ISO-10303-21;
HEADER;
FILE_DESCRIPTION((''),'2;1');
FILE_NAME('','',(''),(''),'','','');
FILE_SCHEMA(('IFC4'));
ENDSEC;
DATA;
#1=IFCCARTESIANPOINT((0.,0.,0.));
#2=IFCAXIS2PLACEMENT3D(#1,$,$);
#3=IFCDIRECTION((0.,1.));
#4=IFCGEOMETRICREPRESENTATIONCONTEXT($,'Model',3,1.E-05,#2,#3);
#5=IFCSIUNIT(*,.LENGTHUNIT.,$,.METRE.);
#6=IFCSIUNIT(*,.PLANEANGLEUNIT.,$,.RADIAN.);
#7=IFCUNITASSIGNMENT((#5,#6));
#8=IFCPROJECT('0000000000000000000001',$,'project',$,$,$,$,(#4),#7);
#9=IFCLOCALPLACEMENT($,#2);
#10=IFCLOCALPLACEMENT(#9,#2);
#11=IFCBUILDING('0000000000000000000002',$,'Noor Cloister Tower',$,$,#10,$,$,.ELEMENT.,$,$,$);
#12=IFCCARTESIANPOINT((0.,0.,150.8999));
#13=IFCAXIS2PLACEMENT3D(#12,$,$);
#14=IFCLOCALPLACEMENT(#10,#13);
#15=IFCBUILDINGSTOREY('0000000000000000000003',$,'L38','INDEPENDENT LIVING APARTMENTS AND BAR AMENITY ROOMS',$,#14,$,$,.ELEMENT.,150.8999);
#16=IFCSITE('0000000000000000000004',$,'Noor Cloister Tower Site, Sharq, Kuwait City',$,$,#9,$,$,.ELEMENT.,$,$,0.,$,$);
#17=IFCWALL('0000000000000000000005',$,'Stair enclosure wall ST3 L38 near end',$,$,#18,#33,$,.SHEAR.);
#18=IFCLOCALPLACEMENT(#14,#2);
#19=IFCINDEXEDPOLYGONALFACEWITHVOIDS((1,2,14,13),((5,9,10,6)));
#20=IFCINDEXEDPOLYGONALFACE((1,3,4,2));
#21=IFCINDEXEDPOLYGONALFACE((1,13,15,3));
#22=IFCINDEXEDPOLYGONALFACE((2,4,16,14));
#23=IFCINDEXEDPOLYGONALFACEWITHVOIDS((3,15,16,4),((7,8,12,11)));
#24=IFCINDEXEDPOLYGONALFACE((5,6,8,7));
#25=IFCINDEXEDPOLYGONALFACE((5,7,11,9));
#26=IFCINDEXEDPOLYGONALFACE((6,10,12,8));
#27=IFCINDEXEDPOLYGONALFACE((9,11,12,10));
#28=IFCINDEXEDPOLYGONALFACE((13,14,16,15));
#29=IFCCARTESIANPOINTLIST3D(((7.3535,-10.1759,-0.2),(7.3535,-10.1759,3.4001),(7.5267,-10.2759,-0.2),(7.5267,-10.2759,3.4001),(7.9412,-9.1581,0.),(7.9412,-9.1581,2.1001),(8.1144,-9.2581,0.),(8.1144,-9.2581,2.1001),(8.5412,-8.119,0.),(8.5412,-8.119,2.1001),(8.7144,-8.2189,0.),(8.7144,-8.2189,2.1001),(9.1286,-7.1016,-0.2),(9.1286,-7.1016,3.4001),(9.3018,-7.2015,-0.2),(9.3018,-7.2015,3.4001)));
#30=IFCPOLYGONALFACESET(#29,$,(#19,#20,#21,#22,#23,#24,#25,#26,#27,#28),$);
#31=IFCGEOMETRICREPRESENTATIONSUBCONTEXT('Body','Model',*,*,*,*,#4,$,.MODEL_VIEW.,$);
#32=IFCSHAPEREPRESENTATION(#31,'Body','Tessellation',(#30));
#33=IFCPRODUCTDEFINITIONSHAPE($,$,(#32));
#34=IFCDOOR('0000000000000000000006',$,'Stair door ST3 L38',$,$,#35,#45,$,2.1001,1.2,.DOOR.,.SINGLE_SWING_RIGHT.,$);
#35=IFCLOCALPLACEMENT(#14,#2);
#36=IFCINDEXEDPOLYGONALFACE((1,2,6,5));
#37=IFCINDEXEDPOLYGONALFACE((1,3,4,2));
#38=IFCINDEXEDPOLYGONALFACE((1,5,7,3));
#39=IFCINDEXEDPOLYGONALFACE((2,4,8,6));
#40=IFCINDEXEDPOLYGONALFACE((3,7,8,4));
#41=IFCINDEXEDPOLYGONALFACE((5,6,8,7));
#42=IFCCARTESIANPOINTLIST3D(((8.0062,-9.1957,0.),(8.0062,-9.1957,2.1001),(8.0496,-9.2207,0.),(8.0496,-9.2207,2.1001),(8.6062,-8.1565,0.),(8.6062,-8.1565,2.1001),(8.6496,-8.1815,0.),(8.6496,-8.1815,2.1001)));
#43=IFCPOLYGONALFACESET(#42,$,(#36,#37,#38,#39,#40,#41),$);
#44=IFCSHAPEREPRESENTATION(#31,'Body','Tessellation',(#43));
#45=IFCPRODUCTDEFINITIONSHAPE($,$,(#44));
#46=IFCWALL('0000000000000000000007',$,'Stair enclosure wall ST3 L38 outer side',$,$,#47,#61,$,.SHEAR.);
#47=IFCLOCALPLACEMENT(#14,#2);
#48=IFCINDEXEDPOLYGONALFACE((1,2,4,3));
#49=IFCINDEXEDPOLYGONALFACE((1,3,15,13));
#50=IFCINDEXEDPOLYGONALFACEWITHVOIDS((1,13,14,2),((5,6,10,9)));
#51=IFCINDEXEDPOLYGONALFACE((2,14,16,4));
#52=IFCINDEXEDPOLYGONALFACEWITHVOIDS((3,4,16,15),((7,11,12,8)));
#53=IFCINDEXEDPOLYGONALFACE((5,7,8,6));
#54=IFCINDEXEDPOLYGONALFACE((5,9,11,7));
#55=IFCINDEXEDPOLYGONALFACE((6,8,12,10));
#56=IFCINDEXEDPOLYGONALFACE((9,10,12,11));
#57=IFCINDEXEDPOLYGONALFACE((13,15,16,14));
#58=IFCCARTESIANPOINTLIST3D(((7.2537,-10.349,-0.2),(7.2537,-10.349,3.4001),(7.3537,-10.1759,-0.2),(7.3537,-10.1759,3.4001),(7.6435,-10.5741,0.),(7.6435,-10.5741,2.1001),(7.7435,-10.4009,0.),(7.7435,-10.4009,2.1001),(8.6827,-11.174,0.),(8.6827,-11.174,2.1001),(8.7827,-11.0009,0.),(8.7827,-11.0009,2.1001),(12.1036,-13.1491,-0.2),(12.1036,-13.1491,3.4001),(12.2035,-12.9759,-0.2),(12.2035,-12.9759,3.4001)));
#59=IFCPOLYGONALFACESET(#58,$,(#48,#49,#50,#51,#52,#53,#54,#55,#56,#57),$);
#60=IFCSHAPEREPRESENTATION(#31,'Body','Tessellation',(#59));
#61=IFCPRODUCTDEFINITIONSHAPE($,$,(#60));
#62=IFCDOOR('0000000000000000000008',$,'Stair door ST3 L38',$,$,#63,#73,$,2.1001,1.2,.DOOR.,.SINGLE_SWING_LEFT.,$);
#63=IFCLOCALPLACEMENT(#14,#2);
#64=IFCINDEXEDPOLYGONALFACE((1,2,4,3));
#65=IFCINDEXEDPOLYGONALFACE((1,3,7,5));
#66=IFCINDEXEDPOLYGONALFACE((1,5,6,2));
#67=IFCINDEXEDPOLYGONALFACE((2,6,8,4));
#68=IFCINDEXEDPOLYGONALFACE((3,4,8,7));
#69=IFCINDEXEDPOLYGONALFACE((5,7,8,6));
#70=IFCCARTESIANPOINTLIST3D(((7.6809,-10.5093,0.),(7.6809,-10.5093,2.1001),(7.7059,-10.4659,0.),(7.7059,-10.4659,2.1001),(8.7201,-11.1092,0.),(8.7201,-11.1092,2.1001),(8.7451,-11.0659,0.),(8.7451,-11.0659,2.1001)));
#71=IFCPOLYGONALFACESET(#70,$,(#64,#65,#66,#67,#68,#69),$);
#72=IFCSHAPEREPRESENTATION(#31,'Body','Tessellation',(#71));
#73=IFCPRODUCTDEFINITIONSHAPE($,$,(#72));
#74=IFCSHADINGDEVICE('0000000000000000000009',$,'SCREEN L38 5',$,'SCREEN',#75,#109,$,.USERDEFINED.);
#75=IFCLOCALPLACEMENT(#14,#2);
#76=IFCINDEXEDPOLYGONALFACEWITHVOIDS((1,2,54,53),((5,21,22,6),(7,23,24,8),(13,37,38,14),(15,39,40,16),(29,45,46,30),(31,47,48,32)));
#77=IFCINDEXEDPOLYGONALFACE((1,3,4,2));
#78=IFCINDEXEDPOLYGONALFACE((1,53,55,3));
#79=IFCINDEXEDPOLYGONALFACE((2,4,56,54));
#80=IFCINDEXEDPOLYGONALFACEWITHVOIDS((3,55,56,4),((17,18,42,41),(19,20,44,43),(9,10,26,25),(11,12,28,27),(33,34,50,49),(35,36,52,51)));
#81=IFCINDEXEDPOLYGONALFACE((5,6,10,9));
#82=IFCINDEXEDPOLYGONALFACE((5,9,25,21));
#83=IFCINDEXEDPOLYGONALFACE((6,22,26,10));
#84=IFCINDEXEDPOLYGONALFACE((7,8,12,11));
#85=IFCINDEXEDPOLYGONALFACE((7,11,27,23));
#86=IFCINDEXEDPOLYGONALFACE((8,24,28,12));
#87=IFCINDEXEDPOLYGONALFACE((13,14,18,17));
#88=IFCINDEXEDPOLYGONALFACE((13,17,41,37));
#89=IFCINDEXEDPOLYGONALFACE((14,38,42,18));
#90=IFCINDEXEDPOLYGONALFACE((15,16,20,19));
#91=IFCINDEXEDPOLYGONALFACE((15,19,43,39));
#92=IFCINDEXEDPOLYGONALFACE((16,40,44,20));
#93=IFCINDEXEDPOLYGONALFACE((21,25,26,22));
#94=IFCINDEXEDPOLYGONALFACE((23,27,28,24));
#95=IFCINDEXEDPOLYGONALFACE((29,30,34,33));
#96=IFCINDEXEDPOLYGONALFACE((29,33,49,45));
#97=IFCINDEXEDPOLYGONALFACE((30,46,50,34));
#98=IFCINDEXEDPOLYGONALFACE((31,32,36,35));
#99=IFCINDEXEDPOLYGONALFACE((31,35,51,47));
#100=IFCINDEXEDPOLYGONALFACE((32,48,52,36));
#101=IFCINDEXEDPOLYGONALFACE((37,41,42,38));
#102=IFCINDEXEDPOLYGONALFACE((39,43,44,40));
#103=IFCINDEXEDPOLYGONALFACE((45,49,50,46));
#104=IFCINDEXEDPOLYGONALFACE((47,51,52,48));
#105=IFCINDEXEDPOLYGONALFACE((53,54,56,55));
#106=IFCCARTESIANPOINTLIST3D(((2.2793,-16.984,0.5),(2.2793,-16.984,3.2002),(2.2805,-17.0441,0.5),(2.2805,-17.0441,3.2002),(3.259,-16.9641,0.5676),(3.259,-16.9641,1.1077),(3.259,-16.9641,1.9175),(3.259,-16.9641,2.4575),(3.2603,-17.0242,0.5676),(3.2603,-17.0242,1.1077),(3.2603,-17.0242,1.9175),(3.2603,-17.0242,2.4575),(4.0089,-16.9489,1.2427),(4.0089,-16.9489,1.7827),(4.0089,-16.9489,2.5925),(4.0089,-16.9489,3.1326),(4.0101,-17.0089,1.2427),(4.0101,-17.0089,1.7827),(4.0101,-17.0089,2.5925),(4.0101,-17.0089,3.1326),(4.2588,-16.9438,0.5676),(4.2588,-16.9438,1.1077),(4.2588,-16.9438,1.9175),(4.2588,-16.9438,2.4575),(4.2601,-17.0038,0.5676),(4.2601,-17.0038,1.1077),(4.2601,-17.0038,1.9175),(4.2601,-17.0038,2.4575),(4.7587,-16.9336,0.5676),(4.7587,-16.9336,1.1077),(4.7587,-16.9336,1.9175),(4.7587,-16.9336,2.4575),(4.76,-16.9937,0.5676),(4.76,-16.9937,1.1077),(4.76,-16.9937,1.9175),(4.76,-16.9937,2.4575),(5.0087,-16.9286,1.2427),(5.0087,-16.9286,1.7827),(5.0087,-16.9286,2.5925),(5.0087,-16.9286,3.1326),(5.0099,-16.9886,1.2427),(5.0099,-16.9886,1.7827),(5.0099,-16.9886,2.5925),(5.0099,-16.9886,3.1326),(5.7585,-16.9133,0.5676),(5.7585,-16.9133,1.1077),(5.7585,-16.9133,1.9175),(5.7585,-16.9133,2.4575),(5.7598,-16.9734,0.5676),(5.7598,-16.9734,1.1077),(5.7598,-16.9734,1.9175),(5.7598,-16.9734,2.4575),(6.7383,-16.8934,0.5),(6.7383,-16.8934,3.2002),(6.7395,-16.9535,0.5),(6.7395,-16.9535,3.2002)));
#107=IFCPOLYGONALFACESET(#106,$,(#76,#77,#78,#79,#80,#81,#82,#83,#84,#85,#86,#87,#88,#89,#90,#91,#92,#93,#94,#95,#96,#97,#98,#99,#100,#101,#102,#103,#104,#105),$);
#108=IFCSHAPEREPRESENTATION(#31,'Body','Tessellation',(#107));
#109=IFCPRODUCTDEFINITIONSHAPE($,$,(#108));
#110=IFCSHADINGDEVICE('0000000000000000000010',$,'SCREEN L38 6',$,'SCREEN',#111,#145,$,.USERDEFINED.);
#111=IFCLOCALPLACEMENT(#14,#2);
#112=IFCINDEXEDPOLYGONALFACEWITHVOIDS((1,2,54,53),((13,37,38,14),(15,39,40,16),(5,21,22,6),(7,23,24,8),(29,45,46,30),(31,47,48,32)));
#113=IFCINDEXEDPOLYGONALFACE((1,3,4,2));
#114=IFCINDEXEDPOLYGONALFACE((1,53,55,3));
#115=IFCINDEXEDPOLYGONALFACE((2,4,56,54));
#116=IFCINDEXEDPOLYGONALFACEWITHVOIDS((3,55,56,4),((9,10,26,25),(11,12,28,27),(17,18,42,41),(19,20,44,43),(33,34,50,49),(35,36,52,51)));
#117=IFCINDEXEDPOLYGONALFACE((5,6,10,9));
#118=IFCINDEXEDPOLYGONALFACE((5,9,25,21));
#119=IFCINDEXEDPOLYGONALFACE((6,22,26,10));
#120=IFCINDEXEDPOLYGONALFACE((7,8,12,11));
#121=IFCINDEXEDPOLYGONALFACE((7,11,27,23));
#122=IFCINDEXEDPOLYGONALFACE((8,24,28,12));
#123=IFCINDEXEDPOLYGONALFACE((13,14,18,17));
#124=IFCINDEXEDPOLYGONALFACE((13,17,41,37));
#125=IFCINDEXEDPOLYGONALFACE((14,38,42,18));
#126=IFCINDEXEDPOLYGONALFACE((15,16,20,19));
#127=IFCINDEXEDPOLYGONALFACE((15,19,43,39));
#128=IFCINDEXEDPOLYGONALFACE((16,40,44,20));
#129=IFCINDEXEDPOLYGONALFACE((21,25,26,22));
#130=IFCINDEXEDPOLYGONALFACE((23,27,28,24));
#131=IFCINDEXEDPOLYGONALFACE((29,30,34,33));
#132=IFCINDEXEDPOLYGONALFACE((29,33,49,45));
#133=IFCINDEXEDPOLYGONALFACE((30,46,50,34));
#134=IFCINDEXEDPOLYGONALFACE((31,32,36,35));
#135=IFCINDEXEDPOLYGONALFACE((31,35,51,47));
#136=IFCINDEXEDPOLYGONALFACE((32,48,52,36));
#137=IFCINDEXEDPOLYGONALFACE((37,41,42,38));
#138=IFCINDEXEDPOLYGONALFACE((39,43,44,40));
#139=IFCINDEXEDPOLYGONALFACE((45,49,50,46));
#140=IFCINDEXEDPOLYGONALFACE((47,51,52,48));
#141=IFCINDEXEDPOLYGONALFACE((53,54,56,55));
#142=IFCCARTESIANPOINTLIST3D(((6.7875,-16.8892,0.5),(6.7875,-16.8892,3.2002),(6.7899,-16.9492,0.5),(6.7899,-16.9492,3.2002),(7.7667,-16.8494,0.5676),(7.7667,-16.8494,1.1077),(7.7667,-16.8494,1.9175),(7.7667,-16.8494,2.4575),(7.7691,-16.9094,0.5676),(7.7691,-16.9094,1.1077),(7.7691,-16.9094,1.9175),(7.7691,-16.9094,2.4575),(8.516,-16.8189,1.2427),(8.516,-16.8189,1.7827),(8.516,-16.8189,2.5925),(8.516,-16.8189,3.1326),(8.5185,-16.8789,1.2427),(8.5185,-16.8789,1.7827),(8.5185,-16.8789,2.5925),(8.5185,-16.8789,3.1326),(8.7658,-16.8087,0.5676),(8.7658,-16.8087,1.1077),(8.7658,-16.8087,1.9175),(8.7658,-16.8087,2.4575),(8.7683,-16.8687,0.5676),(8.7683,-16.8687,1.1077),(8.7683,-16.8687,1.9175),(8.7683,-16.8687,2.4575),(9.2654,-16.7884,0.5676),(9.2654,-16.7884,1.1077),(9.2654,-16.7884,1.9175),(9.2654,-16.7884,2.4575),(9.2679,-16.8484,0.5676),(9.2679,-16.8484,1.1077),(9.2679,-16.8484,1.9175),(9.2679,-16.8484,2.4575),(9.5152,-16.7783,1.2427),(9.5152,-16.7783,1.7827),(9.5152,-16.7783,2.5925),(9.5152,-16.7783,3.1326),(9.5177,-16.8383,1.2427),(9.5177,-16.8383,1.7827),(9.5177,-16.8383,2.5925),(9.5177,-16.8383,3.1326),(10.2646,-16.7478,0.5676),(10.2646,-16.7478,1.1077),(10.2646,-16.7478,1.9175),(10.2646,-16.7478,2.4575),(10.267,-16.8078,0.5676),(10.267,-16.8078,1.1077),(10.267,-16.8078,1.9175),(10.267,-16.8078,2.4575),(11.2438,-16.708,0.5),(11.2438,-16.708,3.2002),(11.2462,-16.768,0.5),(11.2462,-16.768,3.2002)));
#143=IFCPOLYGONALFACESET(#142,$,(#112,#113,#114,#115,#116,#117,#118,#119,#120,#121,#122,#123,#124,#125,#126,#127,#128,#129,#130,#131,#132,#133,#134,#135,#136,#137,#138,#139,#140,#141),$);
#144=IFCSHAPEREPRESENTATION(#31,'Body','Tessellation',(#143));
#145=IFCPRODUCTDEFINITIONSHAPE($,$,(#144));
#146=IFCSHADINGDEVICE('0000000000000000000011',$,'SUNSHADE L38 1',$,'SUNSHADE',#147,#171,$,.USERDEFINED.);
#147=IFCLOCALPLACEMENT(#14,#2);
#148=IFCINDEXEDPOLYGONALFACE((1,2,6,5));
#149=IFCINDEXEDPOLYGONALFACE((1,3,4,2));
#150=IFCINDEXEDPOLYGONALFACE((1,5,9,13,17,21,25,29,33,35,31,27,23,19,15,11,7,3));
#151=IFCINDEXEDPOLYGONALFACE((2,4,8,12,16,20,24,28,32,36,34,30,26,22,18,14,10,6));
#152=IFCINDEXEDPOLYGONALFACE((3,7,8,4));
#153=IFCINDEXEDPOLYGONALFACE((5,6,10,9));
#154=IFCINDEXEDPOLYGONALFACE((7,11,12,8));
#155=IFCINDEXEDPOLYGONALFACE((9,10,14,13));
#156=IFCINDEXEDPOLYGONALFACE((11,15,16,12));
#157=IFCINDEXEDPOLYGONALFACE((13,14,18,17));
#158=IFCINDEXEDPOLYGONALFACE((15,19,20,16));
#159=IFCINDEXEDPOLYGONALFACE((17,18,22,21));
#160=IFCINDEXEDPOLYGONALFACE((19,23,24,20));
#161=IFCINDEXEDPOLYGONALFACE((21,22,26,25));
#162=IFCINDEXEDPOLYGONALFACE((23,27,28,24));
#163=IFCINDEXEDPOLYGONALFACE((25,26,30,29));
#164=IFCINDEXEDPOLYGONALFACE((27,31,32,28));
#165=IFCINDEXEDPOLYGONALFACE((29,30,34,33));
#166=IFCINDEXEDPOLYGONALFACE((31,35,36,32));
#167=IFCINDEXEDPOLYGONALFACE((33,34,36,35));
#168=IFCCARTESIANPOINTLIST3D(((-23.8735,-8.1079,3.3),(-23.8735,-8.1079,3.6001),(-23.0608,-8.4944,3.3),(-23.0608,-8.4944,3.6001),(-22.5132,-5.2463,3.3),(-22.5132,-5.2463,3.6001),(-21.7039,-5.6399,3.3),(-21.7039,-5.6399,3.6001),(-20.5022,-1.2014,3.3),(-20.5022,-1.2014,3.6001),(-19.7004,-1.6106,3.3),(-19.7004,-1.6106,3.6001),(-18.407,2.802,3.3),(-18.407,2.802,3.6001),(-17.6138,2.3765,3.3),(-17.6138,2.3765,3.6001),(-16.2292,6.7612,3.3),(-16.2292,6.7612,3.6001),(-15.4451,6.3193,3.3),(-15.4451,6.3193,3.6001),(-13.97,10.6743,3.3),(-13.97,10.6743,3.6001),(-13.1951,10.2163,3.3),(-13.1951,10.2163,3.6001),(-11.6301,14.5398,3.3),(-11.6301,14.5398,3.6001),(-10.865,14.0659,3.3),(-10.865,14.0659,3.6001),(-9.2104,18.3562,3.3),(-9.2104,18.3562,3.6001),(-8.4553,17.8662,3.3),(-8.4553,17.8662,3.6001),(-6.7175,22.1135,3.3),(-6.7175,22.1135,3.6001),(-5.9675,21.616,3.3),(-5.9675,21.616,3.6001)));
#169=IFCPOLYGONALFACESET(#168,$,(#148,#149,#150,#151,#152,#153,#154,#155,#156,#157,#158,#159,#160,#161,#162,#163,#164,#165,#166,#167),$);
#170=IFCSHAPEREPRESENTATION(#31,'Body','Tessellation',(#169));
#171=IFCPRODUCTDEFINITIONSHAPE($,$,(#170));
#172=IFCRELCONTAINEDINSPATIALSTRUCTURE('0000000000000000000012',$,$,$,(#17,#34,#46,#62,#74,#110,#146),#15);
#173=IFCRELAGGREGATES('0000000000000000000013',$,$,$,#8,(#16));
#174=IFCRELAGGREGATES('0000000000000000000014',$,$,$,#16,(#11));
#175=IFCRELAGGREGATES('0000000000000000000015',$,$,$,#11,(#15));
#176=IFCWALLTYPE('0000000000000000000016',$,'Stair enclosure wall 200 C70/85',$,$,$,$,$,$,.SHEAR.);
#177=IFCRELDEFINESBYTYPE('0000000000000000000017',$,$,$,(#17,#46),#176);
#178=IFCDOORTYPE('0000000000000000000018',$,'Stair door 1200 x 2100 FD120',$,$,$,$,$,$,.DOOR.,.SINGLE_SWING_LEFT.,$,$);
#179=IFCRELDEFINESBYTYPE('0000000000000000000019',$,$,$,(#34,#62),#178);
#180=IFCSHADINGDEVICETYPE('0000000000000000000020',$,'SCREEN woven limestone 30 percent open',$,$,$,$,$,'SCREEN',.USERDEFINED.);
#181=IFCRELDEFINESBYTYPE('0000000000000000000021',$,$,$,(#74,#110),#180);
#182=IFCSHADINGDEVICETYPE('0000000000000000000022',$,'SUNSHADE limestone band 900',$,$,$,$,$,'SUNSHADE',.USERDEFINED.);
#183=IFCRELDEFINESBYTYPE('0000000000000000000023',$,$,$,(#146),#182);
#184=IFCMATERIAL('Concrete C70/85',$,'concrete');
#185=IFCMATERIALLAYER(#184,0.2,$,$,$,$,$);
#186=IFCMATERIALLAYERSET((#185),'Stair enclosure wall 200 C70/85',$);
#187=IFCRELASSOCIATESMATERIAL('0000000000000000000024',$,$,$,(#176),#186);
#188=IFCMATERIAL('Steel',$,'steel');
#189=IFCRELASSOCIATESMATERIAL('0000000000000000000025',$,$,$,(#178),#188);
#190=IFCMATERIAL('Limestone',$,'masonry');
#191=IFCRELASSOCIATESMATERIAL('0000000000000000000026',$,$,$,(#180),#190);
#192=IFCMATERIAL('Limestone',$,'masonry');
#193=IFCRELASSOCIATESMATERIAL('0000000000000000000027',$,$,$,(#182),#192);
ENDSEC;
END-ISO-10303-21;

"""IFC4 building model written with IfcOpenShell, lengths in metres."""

from ifc_helpers import new_model, si_unit, direction, frame, frame_2d, origin, place, context, subcontext, project, spatial, polyline, rectangle, outline, extrude, material, layer, layer_set, material_profile, profile_set, type_object, element, fill, save


model = new_model("IFC4")

# Units and contexts
model_context = context("Model", 3, precision=1e-05, world=origin(), true_north=direction((0.0, 1.0)))
body_context = subcontext(model_context, "Body", "Model", "MODEL_VIEW")
ifc_project = project(units=[si_unit("LENGTHUNIT", "METRE"), si_unit("PLANEANGLEUNIT", "RADIAN")], contexts=[model_context])

# Site, building, storey
site_placement = place(None, origin())
site = spatial("IfcSite", under=ifc_project, at=site_placement, Name="Noor Cloister Tower Site, Sharq, Kuwait City", CompositionType="ELEMENT", RefElevation=0.0)
building_placement = place(site_placement, origin())
building = spatial("IfcBuilding", under=site, at=building_placement, Name="Noor Cloister Tower", CompositionType="ELEMENT")
storey_placement = place(building_placement, frame((0.0, 0.0, 150.8999)))
storey = spatial("IfcBuildingStorey", under=building, at=storey_placement, Name="L38", Description="INDEPENDENT LIVING APARTMENTS AND BAR AMENITY ROOMS", CompositionType="ELEMENT", Elevation=150.8999)

# Walls, openings, doors
ifc_material_1 = material(Name="Concrete C70/85", Category="concrete")
ifc_layer_1 = layer(ifc_material_1, 0.2)
ifc_layer_set_1 = layer_set([ifc_layer_1], Name="Stair enclosure wall 200 C70/85")
wall_type_1 = type_object("IfcWallType", Name="Stair enclosure wall 200 C70/85", PredefinedType="SHEAR", material=ifc_layer_set_1)
wall_1_placement = place(storey_placement, frame((7.4402, -10.2258, -0.2), z_axis=(0.0, 0.0, 1.0), x_axis=(0.500022, 0.866013, 0.0)))
wall_1 = element("IfcWall", 1, at=wall_1_placement, inside=storey, type_object=wall_type_1, Name="Stair enclosure wall ST3 L38 near end", PredefinedType="SHEAR", context=body_context, shape_type="SweptSolid", body=[
    extrude(rectangle(XDim=3.55, YDim=0.2, at=frame_2d((1.7749, 0.0))), origin(), (0.0, 0.0, 1.0), 3.6001),
])
opening_1_placement = place(wall_1_placement, frame((1.175, 0.0, 0.2)))
opening_1 = element("IfcOpeningElement", 2, at=opening_1_placement, cuts=wall_1, PredefinedType="OPENING", context=body_context, shape_type="SweptSolid", body=[
    extrude(rectangle(XDim=1.2, YDim=2.1001, at=frame_2d((0.6001, 1.05))), frame((0.0, 0.1099, 0.0), z_axis=(0.0, -1.0, 0.0), x_axis=(1.0, 0.0, 0.0)), (0.0, 0.0, 1.0), 0.22),
])
ifc_material_2 = material(Name="Steel", Category="steel")
door_type_1 = type_object("IfcDoorType", Name="Stair door 1200 x 2100 FD120", OperationType="SINGLE_SWING_LEFT", PredefinedType="DOOR", material=ifc_material_2)
door_1_placement = place(opening_1_placement, origin())
door_1 = element("IfcDoor", 3, at=door_1_placement, inside=storey, type_object=door_type_1, Name="Stair door ST3 L38", OperationType="SINGLE_SWING_RIGHT", OverallHeight=2.1001, OverallWidth=1.2, PredefinedType="DOOR", context=body_context, shape_type="SweptSolid", body=[
    extrude(rectangle(XDim=1.2, YDim=2.1001, at=frame_2d((0.6001, 1.05))), frame((0.0, 0.0249, 0.0), z_axis=(0.0, -1.0, 0.0), x_axis=(1.0, 0.0, 0.0)), (0.0, 0.0, 1.0), 0.05),
])
fill(opening_1, door_1)
wall_2_placement = place(storey_placement, frame((7.3037, -10.2625, -0.2), z_axis=(0.0, 0.0, 1.0), x_axis=(0.866027, -0.499998, 0.0)))
wall_2 = element("IfcWall", 4, at=wall_2_placement, inside=storey, type_object=wall_type_1, Name="Stair enclosure wall ST3 L38 outer side", PredefinedType="SHEAR", context=body_context, shape_type="SweptSolid", body=[
    extrude(rectangle(XDim=5.6001, YDim=0.2, at=frame_2d((2.8, 0.0))), origin(), (0.0, 0.0, 1.0), 3.6001),
])
opening_2_placement = place(wall_2_placement, frame((0.45, 0.0, 0.2)))
opening_2 = element("IfcOpeningElement", 5, at=opening_2_placement, cuts=wall_2, PredefinedType="OPENING", context=body_context, shape_type="SweptSolid", body=[
    extrude(rectangle(XDim=1.2, YDim=2.1001, at=frame_2d((0.6001, 1.05))), frame((0.0, 0.1099, 0.0), z_axis=(0.0, -1.0, 0.0), x_axis=(1.0, 0.0, 0.0)), (0.0, 0.0, 1.0), 0.22),
])
door_2_placement = place(opening_2_placement, origin())
door_2 = element("IfcDoor", 6, at=door_2_placement, inside=storey, type_object=door_type_1, Name="Stair door ST3 L38", OperationType="SINGLE_SWING_LEFT", OverallHeight=2.1001, OverallWidth=1.2, PredefinedType="DOOR", context=body_context, shape_type="SweptSolid", body=[
    extrude(rectangle(XDim=1.2, YDim=2.1001, at=frame_2d((0.6001, 1.05))), frame((0.0, 0.0249, 0.0), z_axis=(0.0, -1.0, 0.0), x_axis=(1.0, 0.0, 0.0)), (0.0, 0.0, 1.0), 0.05),
])
fill(opening_2, door_2)

# Shading devices
ifc_material_3 = material(Name="Limestone", Category="masonry")
ifc_material_profile_1 = material_profile(ifc_material_3, outline(polyline([(-2.23, -1.3501), (2.23, -1.3501), (2.23, 1.3501), (-2.23, 1.3501), (-2.23, -1.3501)]), holes=[polyline([(-1.25, -1.2825), (-0.25, -1.2825), (-0.25, -0.7424), (-1.25, -0.7424), (-1.25, -1.2825)]), polyline([(0.25, -1.2825), (1.25, -1.2825), (1.25, -0.7424), (0.25, -0.7424), (0.25, -1.2825)]), polyline([(-0.5, -0.6074), (0.5, -0.6074), (0.5, -0.0674), (-0.5, -0.0674), (-0.5, -0.6074)]), polyline([(-1.25, 0.0674), (-0.25, 0.0674), (-0.25, 0.6074), (-1.25, 0.6074), (-1.25, 0.0674)]), polyline([(0.25, 0.0674), (1.25, 0.0674), (1.25, 0.6074), (0.25, 0.6074), (0.25, 0.0674)]), polyline([(-0.5, 0.7424), (0.5, 0.7424), (0.5, 1.2825), (-0.5, 1.2825), (-0.5, 0.7424)])]), Name="Woven screen 30 percent open")
ifc_profile_set_1 = profile_set([ifc_material_profile_1], Name="Limestone")
shading_device_type_1 = type_object("IfcShadingDeviceType", Name="SCREEN woven limestone 30 percent open", ElementType="SCREEN", PredefinedType="USERDEFINED", material=ifc_profile_set_1)
for number, where, z_axis, x_axis, name in (
    (7, (4.5088, -16.9387, 1.8501), (0.020321, -0.999794, 0.0), (0.999794, 0.020321, 0.0), "SCREEN L38 5"),
    (8, (9.0156, -16.7986, 1.8501), (0.040617, -0.999175, 0.0), (0.999175, 0.040617, 0.0), "SCREEN L38 6"),
):
    element("IfcShadingDevice", number, at=place(storey_placement, frame(where, z_axis=z_axis, x_axis=x_axis)), inside=storey, type_object=shading_device_type_1, Name=name, ObjectType="SCREEN", PredefinedType="USERDEFINED", context=body_context, shape_type="SweptSolid", body=[
        extrude(outline(polyline([(-2.23, -1.3501), (2.23, -1.3501), (2.23, 1.3501), (-2.23, 1.3501), (-2.23, -1.3501)]), holes=[polyline([(-1.25, -1.2825), (-0.25, -1.2825), (-0.25, -0.7424), (-1.25, -0.7424), (-1.25, -1.2825)]), polyline([(0.25, -1.2825), (1.25, -1.2825), (1.25, -0.7424), (0.25, -0.7424), (0.25, -1.2825)]), polyline([(-0.5, -0.6074), (0.5, -0.6074), (0.5, -0.0674), (-0.5, -0.0674), (-0.5, -0.6074)]), polyline([(-1.25, 0.0674), (-0.25, 0.0674), (-0.25, 0.6074), (-1.25, 0.6074), (-1.25, 0.0674)]), polyline([(0.25, 0.0674), (1.25, 0.0674), (1.25, 0.6074), (0.25, 0.6074), (0.25, 0.0674)]), polyline([(-0.5, 0.7424), (0.5, 0.7424), (0.5, 1.2825), (-0.5, 1.2825), (-0.5, 0.7424)])]), origin(), (0.0, 0.0, 1.0), 0.0601),
    ])
ifc_material_4 = material(Name="Limestone", Category="masonry")
shading_device_type_2 = type_object("IfcShadingDeviceType", Name="SUNSHADE limestone band 900", ElementType="SUNSHADE", PredefinedType="USERDEFINED", material=ifc_material_4)
shading_device_1_placement = place(storey_placement, frame((0.0, 0.0, 3.3)))
element("IfcShadingDevice", 9, at=shading_device_1_placement, inside=storey, type_object=shading_device_type_2, Name="SUNSHADE L38 1", ObjectType="SUNSHADE", PredefinedType="USERDEFINED", context=body_context, shape_type="SweptSolid", body=[
    extrude(outline(polyline([(-6.7175, 22.1135), (-9.2104, 18.3562), (-11.6301, 14.5398), (-13.97, 10.6743), (-16.2292, 6.7612), (-18.407, 2.802), (-20.5022, -1.2014), (-22.5132, -5.2463), (-23.8735, -8.1079), (-23.0608, -8.4944), (-21.7039, -5.6399), (-19.7004, -1.6106), (-17.6138, 2.3765), (-15.4451, 6.3193), (-13.1951, 10.2163), (-10.865, 14.0659), (-8.4553, 17.8662), (-5.9675, 21.616), (-6.7175, 22.1135)])), origin(), (0.0, 0.0, 1.0), 0.3),
])

save(model, "model.ifc")
